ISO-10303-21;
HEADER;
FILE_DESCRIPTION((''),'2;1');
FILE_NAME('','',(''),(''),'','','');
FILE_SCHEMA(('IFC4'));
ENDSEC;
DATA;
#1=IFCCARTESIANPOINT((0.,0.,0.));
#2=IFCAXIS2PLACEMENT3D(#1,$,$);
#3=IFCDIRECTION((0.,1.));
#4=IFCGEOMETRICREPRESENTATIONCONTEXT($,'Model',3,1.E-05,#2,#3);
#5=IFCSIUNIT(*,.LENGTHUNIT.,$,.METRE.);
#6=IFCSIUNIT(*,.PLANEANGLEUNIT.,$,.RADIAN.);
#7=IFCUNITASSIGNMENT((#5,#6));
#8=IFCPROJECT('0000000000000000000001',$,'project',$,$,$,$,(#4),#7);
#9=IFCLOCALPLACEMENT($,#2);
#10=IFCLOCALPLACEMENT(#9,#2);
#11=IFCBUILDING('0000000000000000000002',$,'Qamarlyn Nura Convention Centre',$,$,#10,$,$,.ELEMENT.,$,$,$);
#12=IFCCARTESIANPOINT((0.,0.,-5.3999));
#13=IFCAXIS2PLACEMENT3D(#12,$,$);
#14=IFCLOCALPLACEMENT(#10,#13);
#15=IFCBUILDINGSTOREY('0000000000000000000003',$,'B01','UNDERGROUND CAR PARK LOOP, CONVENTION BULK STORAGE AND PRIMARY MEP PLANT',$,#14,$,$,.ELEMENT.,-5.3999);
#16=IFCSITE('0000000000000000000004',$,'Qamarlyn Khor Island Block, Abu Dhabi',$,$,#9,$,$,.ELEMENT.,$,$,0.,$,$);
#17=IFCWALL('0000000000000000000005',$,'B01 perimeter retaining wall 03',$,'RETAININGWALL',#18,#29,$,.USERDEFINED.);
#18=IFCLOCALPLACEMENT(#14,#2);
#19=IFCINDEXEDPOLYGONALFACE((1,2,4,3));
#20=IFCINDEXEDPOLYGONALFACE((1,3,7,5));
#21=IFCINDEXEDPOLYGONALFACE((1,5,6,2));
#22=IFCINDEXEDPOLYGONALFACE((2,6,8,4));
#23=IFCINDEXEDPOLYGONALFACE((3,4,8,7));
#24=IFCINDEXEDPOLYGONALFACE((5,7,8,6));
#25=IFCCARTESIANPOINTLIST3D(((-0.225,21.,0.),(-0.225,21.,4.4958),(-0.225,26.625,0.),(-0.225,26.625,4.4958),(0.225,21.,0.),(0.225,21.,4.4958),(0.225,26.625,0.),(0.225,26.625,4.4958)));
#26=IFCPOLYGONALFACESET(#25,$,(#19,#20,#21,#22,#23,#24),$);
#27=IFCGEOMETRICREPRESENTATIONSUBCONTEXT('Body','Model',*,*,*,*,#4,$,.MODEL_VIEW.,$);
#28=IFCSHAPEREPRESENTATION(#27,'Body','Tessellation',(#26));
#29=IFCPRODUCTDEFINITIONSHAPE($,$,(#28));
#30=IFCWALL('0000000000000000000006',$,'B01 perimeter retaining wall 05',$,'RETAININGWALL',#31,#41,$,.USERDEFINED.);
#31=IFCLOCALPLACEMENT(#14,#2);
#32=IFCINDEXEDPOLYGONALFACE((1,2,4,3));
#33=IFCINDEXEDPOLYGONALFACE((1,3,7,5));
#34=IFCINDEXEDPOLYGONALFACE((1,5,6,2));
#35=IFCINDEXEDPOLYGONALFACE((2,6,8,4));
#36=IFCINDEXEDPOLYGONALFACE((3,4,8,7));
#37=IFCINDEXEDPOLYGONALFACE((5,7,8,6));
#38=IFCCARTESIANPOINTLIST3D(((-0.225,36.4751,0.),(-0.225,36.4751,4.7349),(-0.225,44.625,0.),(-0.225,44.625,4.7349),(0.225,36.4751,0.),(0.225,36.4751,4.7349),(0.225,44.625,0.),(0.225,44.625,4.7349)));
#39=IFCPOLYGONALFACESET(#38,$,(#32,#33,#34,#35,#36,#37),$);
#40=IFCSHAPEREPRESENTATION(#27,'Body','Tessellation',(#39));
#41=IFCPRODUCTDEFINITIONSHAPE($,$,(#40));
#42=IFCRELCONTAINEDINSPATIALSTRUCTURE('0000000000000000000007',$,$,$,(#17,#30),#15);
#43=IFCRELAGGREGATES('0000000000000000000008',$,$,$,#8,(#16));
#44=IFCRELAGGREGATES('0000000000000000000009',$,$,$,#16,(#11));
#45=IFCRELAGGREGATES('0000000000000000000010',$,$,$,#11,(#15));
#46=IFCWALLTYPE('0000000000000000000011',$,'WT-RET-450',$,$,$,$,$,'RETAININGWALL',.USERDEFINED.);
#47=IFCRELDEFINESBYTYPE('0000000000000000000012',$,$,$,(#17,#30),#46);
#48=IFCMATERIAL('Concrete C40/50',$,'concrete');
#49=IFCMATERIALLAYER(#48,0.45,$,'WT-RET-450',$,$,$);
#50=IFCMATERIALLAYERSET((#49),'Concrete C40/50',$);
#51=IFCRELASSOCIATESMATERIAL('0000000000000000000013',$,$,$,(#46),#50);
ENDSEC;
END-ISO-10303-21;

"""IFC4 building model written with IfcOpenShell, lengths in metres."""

from ifc_helpers import new_model, si_unit, direction, frame, frame_2d, origin, place, context, subcontext, project, spatial, rectangle, extrude, material, layer, layer_set, type_object, element, save


model = new_model("IFC4")

# Units and contexts
model_context = context("Model", 3, precision=1e-05, world=origin(), true_north=direction((0.0, 1.0)))
body_context = subcontext(model_context, "Body", "Model", "MODEL_VIEW")
ifc_project = project(units=[si_unit("LENGTHUNIT", "METRE"), si_unit("PLANEANGLEUNIT", "RADIAN")], contexts=[model_context])

# Site, building, storey
site_placement = place(None, origin())
site = spatial("IfcSite", under=ifc_project, at=site_placement, Name="Qamarlyn Khor Island Block, Abu Dhabi", CompositionType="ELEMENT", RefElevation=0.0)
building_placement = place(site_placement, origin())
building = spatial("IfcBuilding", under=site, at=building_placement, Name="Qamarlyn Nura Convention Centre", CompositionType="ELEMENT")
storey_placement = place(building_placement, frame((0.0, 0.0, -5.3999)))
storey = spatial("IfcBuildingStorey", under=building, at=storey_placement, Name="B01", Description="UNDERGROUND CAR PARK LOOP, CONVENTION BULK STORAGE AND PRIMARY MEP PLANT", CompositionType="ELEMENT", Elevation=-5.3999)

# Shared definitions
ifc_material_1 = material(Name="Concrete C40/50", Category="concrete")

# Walls
ifc_layer_1 = layer(ifc_material_1, 0.45, Name="WT-RET-450")
ifc_layer_set_1 = layer_set([ifc_layer_1], Name="Concrete C40/50")
wall_type_1 = type_object("IfcWallType", Name="WT-RET-450", ElementType="RETAININGWALL", PredefinedType="USERDEFINED", material=ifc_layer_set_1)
wall_1_placement = place(storey_placement, frame((0.0, 21.0, 0.0), z_axis=(0.0, 0.0, 1.0), x_axis=(0.0, 1.0, 0.0)))
element("IfcWall", 1, at=wall_1_placement, inside=storey, type_object=wall_type_1, Name="B01 perimeter retaining wall 03", ObjectType="RETAININGWALL", PredefinedType="USERDEFINED", context=body_context, shape_type="SweptSolid", body=[
    extrude(rectangle(XDim=5.625, YDim=0.45, at=frame_2d((2.8125, 0.0))), origin(), (0.0, 0.0, 1.0), 4.4958),
])
wall_2_placement = place(storey_placement, frame((0.0, 36.4751, 0.0), z_axis=(0.0, 0.0, 1.0), x_axis=(0.0, 1.0, 0.0)))
element("IfcWall", 2, at=wall_2_placement, inside=storey, type_object=wall_type_1, Name="B01 perimeter retaining wall 05", ObjectType="RETAININGWALL", PredefinedType="USERDEFINED", context=body_context, shape_type="SweptSolid", body=[
    extrude(rectangle(XDim=8.1499, YDim=0.45, at=frame_2d((4.075, 0.0))), origin(), (0.0, 0.0, 1.0), 4.7349),
])

save(model, "model.ifc")
